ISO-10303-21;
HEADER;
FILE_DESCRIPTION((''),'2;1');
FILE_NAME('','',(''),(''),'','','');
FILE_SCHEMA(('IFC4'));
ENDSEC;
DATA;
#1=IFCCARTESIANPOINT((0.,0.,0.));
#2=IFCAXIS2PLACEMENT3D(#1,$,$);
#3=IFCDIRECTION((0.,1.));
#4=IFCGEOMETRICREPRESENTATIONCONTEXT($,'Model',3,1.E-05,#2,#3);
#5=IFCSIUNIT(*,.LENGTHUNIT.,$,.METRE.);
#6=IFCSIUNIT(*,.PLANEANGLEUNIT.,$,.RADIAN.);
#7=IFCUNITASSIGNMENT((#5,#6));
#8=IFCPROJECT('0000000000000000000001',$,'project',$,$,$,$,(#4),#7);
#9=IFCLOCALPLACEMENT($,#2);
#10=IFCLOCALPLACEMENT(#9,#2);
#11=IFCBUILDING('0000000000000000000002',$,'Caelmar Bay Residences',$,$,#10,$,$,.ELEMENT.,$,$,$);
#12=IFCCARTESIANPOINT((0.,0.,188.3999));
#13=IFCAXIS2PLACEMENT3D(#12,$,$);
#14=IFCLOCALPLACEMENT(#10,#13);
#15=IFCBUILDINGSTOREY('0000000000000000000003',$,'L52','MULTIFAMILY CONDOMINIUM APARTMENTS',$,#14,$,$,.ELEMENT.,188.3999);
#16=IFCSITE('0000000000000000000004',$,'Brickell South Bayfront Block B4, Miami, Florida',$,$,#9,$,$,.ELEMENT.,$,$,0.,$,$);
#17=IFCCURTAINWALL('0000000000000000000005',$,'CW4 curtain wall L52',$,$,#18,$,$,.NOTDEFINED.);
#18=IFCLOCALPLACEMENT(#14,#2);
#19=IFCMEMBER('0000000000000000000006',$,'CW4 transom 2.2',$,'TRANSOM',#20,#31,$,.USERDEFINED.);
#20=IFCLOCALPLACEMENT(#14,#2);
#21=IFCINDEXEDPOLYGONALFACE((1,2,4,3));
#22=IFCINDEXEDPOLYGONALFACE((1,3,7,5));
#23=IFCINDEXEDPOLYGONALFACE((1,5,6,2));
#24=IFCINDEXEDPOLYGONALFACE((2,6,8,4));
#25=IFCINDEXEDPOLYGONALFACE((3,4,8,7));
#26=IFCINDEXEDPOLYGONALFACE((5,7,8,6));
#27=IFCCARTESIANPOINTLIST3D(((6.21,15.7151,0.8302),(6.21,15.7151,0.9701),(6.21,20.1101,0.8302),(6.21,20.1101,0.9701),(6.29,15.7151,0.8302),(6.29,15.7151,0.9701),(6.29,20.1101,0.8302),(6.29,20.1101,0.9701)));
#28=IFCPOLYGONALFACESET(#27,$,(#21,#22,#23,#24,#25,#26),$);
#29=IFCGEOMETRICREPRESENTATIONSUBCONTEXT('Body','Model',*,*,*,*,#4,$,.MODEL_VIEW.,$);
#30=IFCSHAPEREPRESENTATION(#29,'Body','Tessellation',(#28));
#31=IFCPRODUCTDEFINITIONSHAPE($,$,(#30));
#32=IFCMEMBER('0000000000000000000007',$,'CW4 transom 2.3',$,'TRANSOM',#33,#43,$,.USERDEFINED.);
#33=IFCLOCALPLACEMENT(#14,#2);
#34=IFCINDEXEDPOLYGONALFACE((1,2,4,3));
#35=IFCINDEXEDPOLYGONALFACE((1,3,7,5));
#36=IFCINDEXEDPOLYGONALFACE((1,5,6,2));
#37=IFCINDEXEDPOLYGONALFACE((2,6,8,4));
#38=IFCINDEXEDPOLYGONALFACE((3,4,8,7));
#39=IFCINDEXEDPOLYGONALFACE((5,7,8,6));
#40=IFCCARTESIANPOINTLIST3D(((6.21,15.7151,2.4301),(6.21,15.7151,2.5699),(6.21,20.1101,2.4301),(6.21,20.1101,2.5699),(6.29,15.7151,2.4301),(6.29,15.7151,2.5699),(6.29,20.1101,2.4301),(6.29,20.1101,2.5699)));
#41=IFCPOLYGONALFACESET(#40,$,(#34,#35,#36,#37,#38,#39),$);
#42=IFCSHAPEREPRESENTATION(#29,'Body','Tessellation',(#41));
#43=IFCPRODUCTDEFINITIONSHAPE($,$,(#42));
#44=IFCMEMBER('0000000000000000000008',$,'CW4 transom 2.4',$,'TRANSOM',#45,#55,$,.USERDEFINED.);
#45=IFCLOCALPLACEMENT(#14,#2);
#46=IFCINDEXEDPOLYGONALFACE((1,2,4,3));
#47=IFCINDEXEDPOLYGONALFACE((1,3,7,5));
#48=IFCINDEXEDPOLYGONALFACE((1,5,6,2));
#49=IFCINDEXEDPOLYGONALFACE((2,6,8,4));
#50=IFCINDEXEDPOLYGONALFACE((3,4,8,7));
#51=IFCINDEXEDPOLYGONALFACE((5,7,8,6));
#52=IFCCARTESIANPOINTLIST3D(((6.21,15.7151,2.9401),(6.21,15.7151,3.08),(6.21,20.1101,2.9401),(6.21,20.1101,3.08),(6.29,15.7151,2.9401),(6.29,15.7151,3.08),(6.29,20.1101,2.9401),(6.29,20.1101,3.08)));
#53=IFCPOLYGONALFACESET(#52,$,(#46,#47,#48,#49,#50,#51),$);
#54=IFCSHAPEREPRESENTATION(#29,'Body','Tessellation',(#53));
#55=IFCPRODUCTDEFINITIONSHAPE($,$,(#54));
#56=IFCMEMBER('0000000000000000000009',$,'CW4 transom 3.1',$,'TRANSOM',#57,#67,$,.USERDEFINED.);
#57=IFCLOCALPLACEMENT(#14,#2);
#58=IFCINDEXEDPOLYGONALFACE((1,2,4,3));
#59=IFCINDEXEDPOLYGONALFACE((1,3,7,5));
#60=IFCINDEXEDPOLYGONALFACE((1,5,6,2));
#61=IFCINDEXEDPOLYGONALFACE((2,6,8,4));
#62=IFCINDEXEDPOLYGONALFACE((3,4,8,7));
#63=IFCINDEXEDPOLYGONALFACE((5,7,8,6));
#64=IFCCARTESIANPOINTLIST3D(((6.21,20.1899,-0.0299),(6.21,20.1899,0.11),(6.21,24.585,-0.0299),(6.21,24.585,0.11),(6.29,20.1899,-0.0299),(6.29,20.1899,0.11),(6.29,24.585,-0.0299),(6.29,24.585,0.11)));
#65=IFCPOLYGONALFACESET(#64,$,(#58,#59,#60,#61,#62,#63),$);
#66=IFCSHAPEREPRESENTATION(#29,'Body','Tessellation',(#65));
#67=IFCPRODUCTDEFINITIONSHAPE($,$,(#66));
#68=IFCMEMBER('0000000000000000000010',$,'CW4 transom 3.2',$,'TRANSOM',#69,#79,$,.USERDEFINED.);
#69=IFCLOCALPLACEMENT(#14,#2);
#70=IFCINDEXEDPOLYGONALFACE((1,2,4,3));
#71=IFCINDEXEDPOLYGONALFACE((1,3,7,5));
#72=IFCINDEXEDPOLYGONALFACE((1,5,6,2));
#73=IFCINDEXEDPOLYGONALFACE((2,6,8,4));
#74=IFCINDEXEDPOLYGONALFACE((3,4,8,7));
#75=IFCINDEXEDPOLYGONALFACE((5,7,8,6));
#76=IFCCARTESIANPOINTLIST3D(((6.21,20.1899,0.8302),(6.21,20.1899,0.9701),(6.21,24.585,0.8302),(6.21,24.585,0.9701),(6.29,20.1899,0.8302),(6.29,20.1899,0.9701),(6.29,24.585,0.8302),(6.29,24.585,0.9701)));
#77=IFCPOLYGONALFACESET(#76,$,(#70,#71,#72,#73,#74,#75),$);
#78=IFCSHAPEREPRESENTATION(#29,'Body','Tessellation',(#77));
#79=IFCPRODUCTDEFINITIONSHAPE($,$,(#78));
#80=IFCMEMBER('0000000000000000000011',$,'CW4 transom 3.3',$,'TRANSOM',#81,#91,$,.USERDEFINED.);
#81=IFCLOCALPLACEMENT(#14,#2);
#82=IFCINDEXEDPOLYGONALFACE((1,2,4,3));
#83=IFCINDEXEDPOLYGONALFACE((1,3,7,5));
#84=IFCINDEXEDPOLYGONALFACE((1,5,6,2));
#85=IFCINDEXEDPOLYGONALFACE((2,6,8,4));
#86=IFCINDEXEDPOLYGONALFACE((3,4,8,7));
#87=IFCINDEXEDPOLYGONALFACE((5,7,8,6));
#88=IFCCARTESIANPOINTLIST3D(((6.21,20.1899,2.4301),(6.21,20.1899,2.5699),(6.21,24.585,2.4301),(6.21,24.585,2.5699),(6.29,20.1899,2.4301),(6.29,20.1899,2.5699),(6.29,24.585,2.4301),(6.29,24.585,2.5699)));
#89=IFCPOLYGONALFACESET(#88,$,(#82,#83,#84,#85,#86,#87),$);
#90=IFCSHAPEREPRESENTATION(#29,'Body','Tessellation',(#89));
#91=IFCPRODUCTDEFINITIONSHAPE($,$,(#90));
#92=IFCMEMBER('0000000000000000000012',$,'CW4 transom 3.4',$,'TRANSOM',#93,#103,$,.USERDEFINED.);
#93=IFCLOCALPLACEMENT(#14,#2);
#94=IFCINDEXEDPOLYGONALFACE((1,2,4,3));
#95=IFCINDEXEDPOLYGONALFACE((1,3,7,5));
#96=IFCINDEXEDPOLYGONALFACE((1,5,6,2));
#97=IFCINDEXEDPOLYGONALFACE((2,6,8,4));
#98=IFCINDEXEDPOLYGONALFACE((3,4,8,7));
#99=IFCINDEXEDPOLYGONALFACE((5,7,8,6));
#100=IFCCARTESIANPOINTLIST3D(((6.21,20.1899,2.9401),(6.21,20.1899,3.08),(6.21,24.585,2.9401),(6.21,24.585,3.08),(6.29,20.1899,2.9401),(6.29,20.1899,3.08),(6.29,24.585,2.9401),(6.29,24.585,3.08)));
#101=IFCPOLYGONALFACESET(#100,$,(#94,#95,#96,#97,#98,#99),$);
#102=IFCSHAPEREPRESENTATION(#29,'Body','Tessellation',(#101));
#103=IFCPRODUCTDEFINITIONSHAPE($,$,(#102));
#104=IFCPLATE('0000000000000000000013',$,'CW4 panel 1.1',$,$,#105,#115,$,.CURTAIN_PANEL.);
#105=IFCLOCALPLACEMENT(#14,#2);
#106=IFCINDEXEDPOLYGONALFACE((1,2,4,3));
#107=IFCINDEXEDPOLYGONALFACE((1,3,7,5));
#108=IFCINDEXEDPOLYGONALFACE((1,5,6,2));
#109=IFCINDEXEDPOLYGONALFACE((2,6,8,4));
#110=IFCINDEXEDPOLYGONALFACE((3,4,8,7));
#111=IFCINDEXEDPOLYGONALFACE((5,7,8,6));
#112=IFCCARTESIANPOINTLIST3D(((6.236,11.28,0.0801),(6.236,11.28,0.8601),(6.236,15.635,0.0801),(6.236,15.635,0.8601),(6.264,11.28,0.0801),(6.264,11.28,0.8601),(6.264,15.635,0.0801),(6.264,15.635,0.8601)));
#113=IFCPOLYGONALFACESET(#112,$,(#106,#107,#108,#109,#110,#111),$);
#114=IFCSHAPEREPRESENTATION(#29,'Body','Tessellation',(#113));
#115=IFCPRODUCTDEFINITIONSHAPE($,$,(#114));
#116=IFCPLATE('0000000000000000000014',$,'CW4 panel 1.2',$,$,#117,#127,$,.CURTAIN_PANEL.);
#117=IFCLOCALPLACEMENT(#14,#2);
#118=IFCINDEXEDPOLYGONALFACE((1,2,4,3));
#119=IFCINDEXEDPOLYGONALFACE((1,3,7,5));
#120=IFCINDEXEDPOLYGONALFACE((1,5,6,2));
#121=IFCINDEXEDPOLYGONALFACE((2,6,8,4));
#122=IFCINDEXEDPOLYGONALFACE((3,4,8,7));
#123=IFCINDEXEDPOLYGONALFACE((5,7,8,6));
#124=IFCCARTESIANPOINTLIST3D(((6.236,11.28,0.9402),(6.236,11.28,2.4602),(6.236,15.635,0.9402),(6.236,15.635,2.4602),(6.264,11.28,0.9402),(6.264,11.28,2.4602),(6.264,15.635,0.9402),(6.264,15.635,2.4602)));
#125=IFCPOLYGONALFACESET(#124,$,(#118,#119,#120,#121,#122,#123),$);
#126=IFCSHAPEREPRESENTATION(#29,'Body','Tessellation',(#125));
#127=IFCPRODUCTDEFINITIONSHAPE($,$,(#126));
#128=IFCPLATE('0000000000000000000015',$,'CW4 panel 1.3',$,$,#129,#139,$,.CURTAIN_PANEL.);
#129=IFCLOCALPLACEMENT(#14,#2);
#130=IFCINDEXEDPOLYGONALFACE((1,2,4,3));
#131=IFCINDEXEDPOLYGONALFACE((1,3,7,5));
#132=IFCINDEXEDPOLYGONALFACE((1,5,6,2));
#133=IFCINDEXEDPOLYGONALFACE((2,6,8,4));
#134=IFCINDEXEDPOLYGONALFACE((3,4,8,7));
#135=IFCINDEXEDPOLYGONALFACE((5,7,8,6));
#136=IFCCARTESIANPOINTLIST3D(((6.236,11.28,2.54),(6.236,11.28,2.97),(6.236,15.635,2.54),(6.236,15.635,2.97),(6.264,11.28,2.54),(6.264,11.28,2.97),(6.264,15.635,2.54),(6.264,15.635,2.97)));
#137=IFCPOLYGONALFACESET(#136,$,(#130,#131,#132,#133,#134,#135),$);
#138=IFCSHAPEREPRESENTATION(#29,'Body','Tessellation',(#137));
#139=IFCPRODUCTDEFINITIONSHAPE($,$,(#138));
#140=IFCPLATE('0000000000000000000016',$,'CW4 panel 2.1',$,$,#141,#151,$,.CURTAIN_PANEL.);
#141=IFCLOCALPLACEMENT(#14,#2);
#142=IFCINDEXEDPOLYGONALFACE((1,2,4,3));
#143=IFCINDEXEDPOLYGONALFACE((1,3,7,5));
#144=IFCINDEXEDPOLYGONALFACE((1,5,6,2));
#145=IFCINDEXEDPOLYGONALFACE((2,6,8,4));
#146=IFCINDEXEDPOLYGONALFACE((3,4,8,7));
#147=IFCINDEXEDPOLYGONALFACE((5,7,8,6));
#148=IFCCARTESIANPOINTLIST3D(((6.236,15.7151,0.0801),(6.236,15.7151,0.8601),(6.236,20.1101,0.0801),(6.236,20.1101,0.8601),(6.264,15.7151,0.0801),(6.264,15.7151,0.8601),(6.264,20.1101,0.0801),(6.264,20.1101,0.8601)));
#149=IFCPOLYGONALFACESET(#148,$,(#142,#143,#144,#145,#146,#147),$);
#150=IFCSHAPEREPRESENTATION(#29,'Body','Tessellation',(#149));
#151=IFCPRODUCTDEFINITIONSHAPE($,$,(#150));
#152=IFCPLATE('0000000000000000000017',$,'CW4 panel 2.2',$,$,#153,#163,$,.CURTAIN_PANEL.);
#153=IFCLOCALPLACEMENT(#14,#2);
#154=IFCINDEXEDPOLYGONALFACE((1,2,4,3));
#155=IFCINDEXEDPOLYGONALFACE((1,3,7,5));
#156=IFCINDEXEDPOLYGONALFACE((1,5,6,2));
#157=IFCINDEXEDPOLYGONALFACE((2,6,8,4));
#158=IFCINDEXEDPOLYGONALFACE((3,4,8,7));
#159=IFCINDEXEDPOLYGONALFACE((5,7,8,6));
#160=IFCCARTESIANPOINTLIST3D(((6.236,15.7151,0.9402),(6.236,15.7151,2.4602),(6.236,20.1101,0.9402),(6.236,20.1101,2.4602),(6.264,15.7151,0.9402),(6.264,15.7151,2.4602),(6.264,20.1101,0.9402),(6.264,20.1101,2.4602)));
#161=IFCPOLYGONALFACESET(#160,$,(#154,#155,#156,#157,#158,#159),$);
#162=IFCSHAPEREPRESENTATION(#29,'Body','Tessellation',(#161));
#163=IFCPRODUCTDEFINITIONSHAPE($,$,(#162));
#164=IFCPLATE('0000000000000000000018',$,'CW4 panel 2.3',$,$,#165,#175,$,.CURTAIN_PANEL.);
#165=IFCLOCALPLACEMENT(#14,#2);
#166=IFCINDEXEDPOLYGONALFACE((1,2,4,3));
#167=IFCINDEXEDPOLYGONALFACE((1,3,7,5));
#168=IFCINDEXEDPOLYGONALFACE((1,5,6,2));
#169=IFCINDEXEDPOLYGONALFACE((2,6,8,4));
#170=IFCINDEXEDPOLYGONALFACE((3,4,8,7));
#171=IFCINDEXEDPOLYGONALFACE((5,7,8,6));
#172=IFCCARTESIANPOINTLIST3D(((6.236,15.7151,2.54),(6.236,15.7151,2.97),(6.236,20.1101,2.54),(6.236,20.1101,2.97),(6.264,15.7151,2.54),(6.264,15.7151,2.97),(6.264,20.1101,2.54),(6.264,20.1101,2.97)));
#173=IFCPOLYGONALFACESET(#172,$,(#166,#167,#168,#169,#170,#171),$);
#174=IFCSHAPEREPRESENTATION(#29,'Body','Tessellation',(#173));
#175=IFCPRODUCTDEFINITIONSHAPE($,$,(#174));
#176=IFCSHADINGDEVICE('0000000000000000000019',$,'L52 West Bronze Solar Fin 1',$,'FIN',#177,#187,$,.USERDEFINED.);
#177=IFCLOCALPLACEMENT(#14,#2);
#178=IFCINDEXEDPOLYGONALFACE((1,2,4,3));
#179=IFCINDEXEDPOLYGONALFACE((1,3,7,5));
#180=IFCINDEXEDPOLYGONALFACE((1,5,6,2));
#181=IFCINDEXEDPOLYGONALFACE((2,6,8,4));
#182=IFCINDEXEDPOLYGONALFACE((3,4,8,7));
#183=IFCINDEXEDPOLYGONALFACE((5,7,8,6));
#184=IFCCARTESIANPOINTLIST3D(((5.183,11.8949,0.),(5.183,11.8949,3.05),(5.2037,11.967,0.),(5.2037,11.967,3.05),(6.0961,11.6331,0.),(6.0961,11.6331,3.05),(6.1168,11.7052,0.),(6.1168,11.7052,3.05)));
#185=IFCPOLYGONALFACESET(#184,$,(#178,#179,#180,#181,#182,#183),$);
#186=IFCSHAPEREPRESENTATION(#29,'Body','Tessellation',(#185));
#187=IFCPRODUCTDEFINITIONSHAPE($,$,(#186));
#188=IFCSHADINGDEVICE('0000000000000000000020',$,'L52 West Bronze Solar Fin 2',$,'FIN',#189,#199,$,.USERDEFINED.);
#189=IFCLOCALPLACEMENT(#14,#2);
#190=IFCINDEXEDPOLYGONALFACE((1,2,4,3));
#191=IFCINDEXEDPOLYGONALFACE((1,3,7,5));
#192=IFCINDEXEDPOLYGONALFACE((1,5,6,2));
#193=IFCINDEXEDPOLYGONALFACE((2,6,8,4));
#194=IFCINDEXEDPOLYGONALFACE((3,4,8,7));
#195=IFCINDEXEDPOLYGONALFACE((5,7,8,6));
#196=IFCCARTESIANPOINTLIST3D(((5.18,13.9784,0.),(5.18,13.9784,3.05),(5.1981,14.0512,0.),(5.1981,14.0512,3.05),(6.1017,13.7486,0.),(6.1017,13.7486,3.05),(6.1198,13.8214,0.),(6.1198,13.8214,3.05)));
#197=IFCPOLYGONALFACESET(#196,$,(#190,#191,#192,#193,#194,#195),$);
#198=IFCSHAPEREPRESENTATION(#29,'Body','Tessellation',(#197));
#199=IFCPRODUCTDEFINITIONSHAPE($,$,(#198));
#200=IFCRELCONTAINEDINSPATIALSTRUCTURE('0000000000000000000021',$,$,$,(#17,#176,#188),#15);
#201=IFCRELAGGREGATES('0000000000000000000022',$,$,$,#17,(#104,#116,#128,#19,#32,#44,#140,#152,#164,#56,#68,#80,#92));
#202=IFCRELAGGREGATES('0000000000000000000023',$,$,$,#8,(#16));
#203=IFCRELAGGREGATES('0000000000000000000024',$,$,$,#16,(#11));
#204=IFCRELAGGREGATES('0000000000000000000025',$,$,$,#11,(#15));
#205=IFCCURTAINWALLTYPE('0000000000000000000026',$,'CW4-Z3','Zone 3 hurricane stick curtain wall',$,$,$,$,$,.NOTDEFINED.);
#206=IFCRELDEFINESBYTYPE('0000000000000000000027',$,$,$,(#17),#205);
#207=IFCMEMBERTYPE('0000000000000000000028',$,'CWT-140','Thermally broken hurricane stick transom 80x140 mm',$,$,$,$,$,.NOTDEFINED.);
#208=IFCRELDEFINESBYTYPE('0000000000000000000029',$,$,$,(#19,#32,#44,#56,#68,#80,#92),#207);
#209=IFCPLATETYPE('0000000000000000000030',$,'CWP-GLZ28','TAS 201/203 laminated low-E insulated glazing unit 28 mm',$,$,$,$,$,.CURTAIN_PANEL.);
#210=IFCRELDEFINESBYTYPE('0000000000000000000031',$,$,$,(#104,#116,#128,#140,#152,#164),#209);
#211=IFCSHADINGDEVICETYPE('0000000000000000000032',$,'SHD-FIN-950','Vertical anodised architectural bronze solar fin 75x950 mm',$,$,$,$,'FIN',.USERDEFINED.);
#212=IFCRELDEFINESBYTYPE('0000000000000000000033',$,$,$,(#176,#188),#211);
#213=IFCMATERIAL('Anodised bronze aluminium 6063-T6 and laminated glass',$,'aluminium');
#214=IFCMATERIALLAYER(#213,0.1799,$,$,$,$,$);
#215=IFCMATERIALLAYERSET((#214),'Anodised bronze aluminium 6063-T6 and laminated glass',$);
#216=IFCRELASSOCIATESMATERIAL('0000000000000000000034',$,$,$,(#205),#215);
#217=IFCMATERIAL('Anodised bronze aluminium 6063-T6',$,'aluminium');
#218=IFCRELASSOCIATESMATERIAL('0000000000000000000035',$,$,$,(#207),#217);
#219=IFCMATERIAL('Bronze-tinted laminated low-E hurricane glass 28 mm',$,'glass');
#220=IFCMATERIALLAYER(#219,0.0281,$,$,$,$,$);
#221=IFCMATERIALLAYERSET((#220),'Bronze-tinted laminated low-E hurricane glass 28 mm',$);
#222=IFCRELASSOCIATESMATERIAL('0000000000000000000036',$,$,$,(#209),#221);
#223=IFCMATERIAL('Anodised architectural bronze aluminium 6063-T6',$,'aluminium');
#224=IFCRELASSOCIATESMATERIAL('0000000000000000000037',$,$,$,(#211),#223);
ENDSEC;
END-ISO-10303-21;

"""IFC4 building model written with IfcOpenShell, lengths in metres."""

from ifc_helpers import new_model, si_unit, direction, frame, origin, origin_2d, place, context, subcontext, project, spatial, rectangle, extrude, material, layer, layer_set, material_profile, profile_set, type_object, element, aggregate, save


model = new_model("IFC4")

# Units and contexts
model_context = context("Model", 3, precision=1e-05, world=origin(), true_north=direction((0.0, 1.0)))
body_context = subcontext(model_context, "Body", "Model", "MODEL_VIEW")
ifc_project = project(units=[si_unit("LENGTHUNIT", "METRE"), si_unit("PLANEANGLEUNIT", "RADIAN")], contexts=[model_context])

# Site, building, storey
site_placement = place(None, origin())
site = spatial("IfcSite", under=ifc_project, at=site_placement, Name="Brickell South Bayfront Block B4, Miami, Florida", CompositionType="ELEMENT", RefElevation=0.0)
building_placement = place(site_placement, origin())
building = spatial("IfcBuilding", under=site, at=building_placement, Name="Caelmar Bay Residences", CompositionType="ELEMENT")
storey_placement = place(building_placement, frame((0.0, 0.0, 188.3999)))
storey = spatial("IfcBuildingStorey", under=building, at=storey_placement, Name="L52", Description="MULTIFAMILY CONDOMINIUM APARTMENTS", CompositionType="ELEMENT", Elevation=188.3999)

# Curtain wall, members, plates
ifc_material_1 = material(Name="Anodised bronze aluminium 6063-T6 and laminated glass", Category="aluminium")
ifc_layer_1 = layer(ifc_material_1, 0.1799)
ifc_layer_set_1 = layer_set([ifc_layer_1], Name="Anodised bronze aluminium 6063-T6 and laminated glass")
curtain_wall_type = type_object("IfcCurtainWallType", Name="CW4-Z3", Description="Zone 3 hurricane stick curtain wall", PredefinedType="NOTDEFINED", material=ifc_layer_set_1)
curtain_wall_placement = place(storey_placement, origin())
curtain_wall = element("IfcCurtainWall", 1, at=curtain_wall_placement, inside=storey, type_object=curtain_wall_type, Name="CW4 curtain wall L52", PredefinedType="NOTDEFINED")
ifc_material_2 = material(Name="Anodised bronze aluminium 6063-T6", Category="aluminium")
ifc_material_profile_1 = material_profile(ifc_material_2, rectangle(XDim=0.0801, YDim=0.1399, at=origin_2d()), Name="CWT-80X140")
ifc_profile_set_1 = profile_set([ifc_material_profile_1], Name="Anodised bronze aluminium 6063-T6")
member_type_1 = type_object("IfcMemberType", Name="CWT-140", Description="Thermally broken hurricane stick transom 80x140 mm", PredefinedType="NOTDEFINED", material=ifc_profile_set_1)
member_1_placement = place(storey_placement, frame((6.25, 15.7151, 0.9001), z_axis=(0.0, 1.0, 0.0), x_axis=(-1.0, 0.0, 0.0)))
member_1 = element("IfcMember", 2, at=member_1_placement, type_object=member_type_1, Name="CW4 transom 2.2", ObjectType="TRANSOM", PredefinedType="USERDEFINED", context=body_context, shape_type="SweptSolid", body=[
    extrude(rectangle(XDim=0.0801, YDim=0.1399, at=origin_2d()), origin(), (0.0, 0.0, 1.0), 4.395),
])
member_2_placement = place(storey_placement, frame((6.25, 15.7151, 2.5), z_axis=(0.0, 1.0, 0.0), x_axis=(-1.0, 0.0, 0.0)))
member_2 = element("IfcMember", 3, at=member_2_placement, type_object=member_type_1, Name="CW4 transom 2.3", ObjectType="TRANSOM", PredefinedType="USERDEFINED", context=body_context, shape_type="SweptSolid", body=[
    extrude(rectangle(XDim=0.0801, YDim=0.1399, at=origin_2d()), origin(), (0.0, 0.0, 1.0), 4.395),
])
member_3_placement = place(storey_placement, frame((6.25, 15.7151, 3.01), z_axis=(0.0, 1.0, 0.0), x_axis=(-1.0, 0.0, 0.0)))
member_3 = element("IfcMember", 4, at=member_3_placement, type_object=member_type_1, Name="CW4 transom 2.4", ObjectType="TRANSOM", PredefinedType="USERDEFINED", context=body_context, shape_type="SweptSolid", body=[
    extrude(rectangle(XDim=0.0801, YDim=0.1399, at=origin_2d()), origin(), (0.0, 0.0, 1.0), 4.395),
])
member_4_placement = place(storey_placement, frame((6.25, 20.1899, 0.04), z_axis=(0.0, 1.0, 0.0), x_axis=(-1.0, 0.0, 0.0)))
member_4 = element("IfcMember", 5, at=member_4_placement, type_object=member_type_1, Name="CW4 transom 3.1", ObjectType="TRANSOM", PredefinedType="USERDEFINED", context=body_context, shape_type="SweptSolid", body=[
    extrude(rectangle(XDim=0.0801, YDim=0.1399, at=origin_2d()), origin(), (0.0, 0.0, 1.0), 4.395),
])
member_5_placement = place(storey_placement, frame((6.25, 20.1899, 0.9001), z_axis=(0.0, 1.0, 0.0), x_axis=(-1.0, 0.0, 0.0)))
member_5 = element("IfcMember", 6, at=member_5_placement, type_object=member_type_1, Name="CW4 transom 3.2", ObjectType="TRANSOM", PredefinedType="USERDEFINED", context=body_context, shape_type="SweptSolid", body=[
    extrude(rectangle(XDim=0.0801, YDim=0.1399, at=origin_2d()), origin(), (0.0, 0.0, 1.0), 4.395),
])
member_6_placement = place(storey_placement, frame((6.25, 20.1899, 2.5), z_axis=(0.0, 1.0, 0.0), x_axis=(-1.0, 0.0, 0.0)))
member_6 = element("IfcMember", 7, at=member_6_placement, type_object=member_type_1, Name="CW4 transom 3.3", ObjectType="TRANSOM", PredefinedType="USERDEFINED", context=body_context, shape_type="SweptSolid", body=[
    extrude(rectangle(XDim=0.0801, YDim=0.1399, at=origin_2d()), origin(), (0.0, 0.0, 1.0), 4.395),
])
member_7_placement = place(storey_placement, frame((6.25, 20.1899, 3.01), z_axis=(0.0, 1.0, 0.0), x_axis=(-1.0, 0.0, 0.0)))
member_7 = element("IfcMember", 8, at=member_7_placement, type_object=member_type_1, Name="CW4 transom 3.4", ObjectType="TRANSOM", PredefinedType="USERDEFINED", context=body_context, shape_type="SweptSolid", body=[
    extrude(rectangle(XDim=0.0801, YDim=0.1399, at=origin_2d()), origin(), (0.0, 0.0, 1.0), 4.395),
])
ifc_material_3 = material(Name="Bronze-tinted laminated low-E hurricane glass 28 mm", Category="glass")
ifc_layer_2 = layer(ifc_material_3, 0.0281)
ifc_layer_set_2 = layer_set([ifc_layer_2], Name="Bronze-tinted laminated low-E hurricane glass 28 mm")
plate_type = type_object("IfcPlateType", Name="CWP-GLZ28", Description="TAS 201/203 laminated low-E insulated glazing unit 28 mm", PredefinedType="CURTAIN_PANEL", material=ifc_layer_set_2)
plate_1_placement = place(storey_placement, frame((6.25, 13.4575, 0.0801), z_axis=(0.0, 0.0, 1.0), x_axis=(0.0, 1.0, 0.0)))
plate_1 = element("IfcPlate", 9, at=plate_1_placement, type_object=plate_type, Name="CW4 panel 1.1", PredefinedType="CURTAIN_PANEL", context=body_context, shape_type="SweptSolid", body=[
    extrude(rectangle(XDim=4.355, YDim=0.0281, at=origin_2d()), origin(), (0.0, 0.0, 1.0), 0.78),
])
plate_2_placement = place(storey_placement, frame((6.25, 13.4575, 0.9402), z_axis=(0.0, 0.0, 1.0), x_axis=(0.0, 1.0, 0.0)))
plate_2 = element("IfcPlate", 10, at=plate_2_placement, type_object=plate_type, Name="CW4 panel 1.2", PredefinedType="CURTAIN_PANEL", context=body_context, shape_type="SweptSolid", body=[
    extrude(rectangle(XDim=4.355, YDim=0.0281, at=origin_2d()), origin(), (0.0, 0.0, 1.0), 1.52),
])
plate_3_placement = place(storey_placement, frame((6.25, 13.4575, 2.54), z_axis=(0.0, 0.0, 1.0), x_axis=(0.0, 1.0, 0.0)))
plate_3 = element("IfcPlate", 11, at=plate_3_placement, type_object=plate_type, Name="CW4 panel 1.3", PredefinedType="CURTAIN_PANEL", context=body_context, shape_type="SweptSolid", body=[
    extrude(rectangle(XDim=4.355, YDim=0.0281, at=origin_2d()), origin(), (0.0, 0.0, 1.0), 0.4299),
])
plate_4_placement = place(storey_placement, frame((6.25, 17.9126, 0.0801), z_axis=(0.0, 0.0, 1.0), x_axis=(0.0, 1.0, 0.0)))
plate_4 = element("IfcPlate", 12, at=plate_4_placement, type_object=plate_type, Name="CW4 panel 2.1", PredefinedType="CURTAIN_PANEL", context=body_context, shape_type="SweptSolid", body=[
    extrude(rectangle(XDim=4.395, YDim=0.0281, at=origin_2d()), origin(), (0.0, 0.0, 1.0), 0.78),
])
plate_5_placement = place(storey_placement, frame((6.25, 17.9126, 0.9402), z_axis=(0.0, 0.0, 1.0), x_axis=(0.0, 1.0, 0.0)))
plate_5 = element("IfcPlate", 13, at=plate_5_placement, type_object=plate_type, Name="CW4 panel 2.2", PredefinedType="CURTAIN_PANEL", context=body_context, shape_type="SweptSolid", body=[
    extrude(rectangle(XDim=4.395, YDim=0.0281, at=origin_2d()), origin(), (0.0, 0.0, 1.0), 1.52),
])
plate_6_placement = place(storey_placement, frame((6.25, 17.9126, 2.54), z_axis=(0.0, 0.0, 1.0), x_axis=(0.0, 1.0, 0.0)))
plate_6 = element("IfcPlate", 14, at=plate_6_placement, type_object=plate_type, Name="CW4 panel 2.3", PredefinedType="CURTAIN_PANEL", context=body_context, shape_type="SweptSolid", body=[
    extrude(rectangle(XDim=4.395, YDim=0.0281, at=origin_2d()), origin(), (0.0, 0.0, 1.0), 0.4299),
])
aggregate(curtain_wall, [plate_1, plate_2, plate_3, member_1, member_2, member_3, plate_4, plate_5, plate_6, member_4, member_5, member_6, member_7])

# Shading devices
ifc_material_4 = material(Name="Anodised architectural bronze aluminium 6063-T6", Category="aluminium")
ifc_material_profile_2 = material_profile(ifc_material_4, rectangle(XDim=0.075, YDim=0.95, at=origin_2d()), Name="BRONZE-FIN-75X950")
ifc_profile_set_2 = profile_set([ifc_material_profile_2], Name="Anodised architectural bronze aluminium 6063-T6")
shading_device_type = type_object("IfcShadingDeviceType", Name="SHD-FIN-950", Description="Vertical anodised architectural bronze solar fin 75x950 mm", ElementType="FIN", PredefinedType="USERDEFINED", material=ifc_profile_set_2)
for number, where, z_axis, x_axis, name in (
    (15, (5.6499, 11.8, 0.0), (0.0, 0.0, 1.0), (0.275637, 0.961262, 0.0), "L52 West Bronze Solar Fin 1"),
    (16, (5.6499, 13.8999, 0.0), (0.0, 0.0, 1.0), (0.241922, 0.970296, 0.0), "L52 West Bronze Solar Fin 2"),
):
    element("IfcShadingDevice", number, at=place(storey_placement, frame(where, z_axis=z_axis, x_axis=x_axis)), inside=storey, type_object=shading_device_type, Name=name, ObjectType="FIN", PredefinedType="USERDEFINED", context=body_context, shape_type="SweptSolid", body=[
        extrude(rectangle(XDim=0.075, YDim=0.95, at=origin_2d()), origin(), (0.0, 0.0, 1.0), 3.05),
    ])

save(model, "model.ifc")
